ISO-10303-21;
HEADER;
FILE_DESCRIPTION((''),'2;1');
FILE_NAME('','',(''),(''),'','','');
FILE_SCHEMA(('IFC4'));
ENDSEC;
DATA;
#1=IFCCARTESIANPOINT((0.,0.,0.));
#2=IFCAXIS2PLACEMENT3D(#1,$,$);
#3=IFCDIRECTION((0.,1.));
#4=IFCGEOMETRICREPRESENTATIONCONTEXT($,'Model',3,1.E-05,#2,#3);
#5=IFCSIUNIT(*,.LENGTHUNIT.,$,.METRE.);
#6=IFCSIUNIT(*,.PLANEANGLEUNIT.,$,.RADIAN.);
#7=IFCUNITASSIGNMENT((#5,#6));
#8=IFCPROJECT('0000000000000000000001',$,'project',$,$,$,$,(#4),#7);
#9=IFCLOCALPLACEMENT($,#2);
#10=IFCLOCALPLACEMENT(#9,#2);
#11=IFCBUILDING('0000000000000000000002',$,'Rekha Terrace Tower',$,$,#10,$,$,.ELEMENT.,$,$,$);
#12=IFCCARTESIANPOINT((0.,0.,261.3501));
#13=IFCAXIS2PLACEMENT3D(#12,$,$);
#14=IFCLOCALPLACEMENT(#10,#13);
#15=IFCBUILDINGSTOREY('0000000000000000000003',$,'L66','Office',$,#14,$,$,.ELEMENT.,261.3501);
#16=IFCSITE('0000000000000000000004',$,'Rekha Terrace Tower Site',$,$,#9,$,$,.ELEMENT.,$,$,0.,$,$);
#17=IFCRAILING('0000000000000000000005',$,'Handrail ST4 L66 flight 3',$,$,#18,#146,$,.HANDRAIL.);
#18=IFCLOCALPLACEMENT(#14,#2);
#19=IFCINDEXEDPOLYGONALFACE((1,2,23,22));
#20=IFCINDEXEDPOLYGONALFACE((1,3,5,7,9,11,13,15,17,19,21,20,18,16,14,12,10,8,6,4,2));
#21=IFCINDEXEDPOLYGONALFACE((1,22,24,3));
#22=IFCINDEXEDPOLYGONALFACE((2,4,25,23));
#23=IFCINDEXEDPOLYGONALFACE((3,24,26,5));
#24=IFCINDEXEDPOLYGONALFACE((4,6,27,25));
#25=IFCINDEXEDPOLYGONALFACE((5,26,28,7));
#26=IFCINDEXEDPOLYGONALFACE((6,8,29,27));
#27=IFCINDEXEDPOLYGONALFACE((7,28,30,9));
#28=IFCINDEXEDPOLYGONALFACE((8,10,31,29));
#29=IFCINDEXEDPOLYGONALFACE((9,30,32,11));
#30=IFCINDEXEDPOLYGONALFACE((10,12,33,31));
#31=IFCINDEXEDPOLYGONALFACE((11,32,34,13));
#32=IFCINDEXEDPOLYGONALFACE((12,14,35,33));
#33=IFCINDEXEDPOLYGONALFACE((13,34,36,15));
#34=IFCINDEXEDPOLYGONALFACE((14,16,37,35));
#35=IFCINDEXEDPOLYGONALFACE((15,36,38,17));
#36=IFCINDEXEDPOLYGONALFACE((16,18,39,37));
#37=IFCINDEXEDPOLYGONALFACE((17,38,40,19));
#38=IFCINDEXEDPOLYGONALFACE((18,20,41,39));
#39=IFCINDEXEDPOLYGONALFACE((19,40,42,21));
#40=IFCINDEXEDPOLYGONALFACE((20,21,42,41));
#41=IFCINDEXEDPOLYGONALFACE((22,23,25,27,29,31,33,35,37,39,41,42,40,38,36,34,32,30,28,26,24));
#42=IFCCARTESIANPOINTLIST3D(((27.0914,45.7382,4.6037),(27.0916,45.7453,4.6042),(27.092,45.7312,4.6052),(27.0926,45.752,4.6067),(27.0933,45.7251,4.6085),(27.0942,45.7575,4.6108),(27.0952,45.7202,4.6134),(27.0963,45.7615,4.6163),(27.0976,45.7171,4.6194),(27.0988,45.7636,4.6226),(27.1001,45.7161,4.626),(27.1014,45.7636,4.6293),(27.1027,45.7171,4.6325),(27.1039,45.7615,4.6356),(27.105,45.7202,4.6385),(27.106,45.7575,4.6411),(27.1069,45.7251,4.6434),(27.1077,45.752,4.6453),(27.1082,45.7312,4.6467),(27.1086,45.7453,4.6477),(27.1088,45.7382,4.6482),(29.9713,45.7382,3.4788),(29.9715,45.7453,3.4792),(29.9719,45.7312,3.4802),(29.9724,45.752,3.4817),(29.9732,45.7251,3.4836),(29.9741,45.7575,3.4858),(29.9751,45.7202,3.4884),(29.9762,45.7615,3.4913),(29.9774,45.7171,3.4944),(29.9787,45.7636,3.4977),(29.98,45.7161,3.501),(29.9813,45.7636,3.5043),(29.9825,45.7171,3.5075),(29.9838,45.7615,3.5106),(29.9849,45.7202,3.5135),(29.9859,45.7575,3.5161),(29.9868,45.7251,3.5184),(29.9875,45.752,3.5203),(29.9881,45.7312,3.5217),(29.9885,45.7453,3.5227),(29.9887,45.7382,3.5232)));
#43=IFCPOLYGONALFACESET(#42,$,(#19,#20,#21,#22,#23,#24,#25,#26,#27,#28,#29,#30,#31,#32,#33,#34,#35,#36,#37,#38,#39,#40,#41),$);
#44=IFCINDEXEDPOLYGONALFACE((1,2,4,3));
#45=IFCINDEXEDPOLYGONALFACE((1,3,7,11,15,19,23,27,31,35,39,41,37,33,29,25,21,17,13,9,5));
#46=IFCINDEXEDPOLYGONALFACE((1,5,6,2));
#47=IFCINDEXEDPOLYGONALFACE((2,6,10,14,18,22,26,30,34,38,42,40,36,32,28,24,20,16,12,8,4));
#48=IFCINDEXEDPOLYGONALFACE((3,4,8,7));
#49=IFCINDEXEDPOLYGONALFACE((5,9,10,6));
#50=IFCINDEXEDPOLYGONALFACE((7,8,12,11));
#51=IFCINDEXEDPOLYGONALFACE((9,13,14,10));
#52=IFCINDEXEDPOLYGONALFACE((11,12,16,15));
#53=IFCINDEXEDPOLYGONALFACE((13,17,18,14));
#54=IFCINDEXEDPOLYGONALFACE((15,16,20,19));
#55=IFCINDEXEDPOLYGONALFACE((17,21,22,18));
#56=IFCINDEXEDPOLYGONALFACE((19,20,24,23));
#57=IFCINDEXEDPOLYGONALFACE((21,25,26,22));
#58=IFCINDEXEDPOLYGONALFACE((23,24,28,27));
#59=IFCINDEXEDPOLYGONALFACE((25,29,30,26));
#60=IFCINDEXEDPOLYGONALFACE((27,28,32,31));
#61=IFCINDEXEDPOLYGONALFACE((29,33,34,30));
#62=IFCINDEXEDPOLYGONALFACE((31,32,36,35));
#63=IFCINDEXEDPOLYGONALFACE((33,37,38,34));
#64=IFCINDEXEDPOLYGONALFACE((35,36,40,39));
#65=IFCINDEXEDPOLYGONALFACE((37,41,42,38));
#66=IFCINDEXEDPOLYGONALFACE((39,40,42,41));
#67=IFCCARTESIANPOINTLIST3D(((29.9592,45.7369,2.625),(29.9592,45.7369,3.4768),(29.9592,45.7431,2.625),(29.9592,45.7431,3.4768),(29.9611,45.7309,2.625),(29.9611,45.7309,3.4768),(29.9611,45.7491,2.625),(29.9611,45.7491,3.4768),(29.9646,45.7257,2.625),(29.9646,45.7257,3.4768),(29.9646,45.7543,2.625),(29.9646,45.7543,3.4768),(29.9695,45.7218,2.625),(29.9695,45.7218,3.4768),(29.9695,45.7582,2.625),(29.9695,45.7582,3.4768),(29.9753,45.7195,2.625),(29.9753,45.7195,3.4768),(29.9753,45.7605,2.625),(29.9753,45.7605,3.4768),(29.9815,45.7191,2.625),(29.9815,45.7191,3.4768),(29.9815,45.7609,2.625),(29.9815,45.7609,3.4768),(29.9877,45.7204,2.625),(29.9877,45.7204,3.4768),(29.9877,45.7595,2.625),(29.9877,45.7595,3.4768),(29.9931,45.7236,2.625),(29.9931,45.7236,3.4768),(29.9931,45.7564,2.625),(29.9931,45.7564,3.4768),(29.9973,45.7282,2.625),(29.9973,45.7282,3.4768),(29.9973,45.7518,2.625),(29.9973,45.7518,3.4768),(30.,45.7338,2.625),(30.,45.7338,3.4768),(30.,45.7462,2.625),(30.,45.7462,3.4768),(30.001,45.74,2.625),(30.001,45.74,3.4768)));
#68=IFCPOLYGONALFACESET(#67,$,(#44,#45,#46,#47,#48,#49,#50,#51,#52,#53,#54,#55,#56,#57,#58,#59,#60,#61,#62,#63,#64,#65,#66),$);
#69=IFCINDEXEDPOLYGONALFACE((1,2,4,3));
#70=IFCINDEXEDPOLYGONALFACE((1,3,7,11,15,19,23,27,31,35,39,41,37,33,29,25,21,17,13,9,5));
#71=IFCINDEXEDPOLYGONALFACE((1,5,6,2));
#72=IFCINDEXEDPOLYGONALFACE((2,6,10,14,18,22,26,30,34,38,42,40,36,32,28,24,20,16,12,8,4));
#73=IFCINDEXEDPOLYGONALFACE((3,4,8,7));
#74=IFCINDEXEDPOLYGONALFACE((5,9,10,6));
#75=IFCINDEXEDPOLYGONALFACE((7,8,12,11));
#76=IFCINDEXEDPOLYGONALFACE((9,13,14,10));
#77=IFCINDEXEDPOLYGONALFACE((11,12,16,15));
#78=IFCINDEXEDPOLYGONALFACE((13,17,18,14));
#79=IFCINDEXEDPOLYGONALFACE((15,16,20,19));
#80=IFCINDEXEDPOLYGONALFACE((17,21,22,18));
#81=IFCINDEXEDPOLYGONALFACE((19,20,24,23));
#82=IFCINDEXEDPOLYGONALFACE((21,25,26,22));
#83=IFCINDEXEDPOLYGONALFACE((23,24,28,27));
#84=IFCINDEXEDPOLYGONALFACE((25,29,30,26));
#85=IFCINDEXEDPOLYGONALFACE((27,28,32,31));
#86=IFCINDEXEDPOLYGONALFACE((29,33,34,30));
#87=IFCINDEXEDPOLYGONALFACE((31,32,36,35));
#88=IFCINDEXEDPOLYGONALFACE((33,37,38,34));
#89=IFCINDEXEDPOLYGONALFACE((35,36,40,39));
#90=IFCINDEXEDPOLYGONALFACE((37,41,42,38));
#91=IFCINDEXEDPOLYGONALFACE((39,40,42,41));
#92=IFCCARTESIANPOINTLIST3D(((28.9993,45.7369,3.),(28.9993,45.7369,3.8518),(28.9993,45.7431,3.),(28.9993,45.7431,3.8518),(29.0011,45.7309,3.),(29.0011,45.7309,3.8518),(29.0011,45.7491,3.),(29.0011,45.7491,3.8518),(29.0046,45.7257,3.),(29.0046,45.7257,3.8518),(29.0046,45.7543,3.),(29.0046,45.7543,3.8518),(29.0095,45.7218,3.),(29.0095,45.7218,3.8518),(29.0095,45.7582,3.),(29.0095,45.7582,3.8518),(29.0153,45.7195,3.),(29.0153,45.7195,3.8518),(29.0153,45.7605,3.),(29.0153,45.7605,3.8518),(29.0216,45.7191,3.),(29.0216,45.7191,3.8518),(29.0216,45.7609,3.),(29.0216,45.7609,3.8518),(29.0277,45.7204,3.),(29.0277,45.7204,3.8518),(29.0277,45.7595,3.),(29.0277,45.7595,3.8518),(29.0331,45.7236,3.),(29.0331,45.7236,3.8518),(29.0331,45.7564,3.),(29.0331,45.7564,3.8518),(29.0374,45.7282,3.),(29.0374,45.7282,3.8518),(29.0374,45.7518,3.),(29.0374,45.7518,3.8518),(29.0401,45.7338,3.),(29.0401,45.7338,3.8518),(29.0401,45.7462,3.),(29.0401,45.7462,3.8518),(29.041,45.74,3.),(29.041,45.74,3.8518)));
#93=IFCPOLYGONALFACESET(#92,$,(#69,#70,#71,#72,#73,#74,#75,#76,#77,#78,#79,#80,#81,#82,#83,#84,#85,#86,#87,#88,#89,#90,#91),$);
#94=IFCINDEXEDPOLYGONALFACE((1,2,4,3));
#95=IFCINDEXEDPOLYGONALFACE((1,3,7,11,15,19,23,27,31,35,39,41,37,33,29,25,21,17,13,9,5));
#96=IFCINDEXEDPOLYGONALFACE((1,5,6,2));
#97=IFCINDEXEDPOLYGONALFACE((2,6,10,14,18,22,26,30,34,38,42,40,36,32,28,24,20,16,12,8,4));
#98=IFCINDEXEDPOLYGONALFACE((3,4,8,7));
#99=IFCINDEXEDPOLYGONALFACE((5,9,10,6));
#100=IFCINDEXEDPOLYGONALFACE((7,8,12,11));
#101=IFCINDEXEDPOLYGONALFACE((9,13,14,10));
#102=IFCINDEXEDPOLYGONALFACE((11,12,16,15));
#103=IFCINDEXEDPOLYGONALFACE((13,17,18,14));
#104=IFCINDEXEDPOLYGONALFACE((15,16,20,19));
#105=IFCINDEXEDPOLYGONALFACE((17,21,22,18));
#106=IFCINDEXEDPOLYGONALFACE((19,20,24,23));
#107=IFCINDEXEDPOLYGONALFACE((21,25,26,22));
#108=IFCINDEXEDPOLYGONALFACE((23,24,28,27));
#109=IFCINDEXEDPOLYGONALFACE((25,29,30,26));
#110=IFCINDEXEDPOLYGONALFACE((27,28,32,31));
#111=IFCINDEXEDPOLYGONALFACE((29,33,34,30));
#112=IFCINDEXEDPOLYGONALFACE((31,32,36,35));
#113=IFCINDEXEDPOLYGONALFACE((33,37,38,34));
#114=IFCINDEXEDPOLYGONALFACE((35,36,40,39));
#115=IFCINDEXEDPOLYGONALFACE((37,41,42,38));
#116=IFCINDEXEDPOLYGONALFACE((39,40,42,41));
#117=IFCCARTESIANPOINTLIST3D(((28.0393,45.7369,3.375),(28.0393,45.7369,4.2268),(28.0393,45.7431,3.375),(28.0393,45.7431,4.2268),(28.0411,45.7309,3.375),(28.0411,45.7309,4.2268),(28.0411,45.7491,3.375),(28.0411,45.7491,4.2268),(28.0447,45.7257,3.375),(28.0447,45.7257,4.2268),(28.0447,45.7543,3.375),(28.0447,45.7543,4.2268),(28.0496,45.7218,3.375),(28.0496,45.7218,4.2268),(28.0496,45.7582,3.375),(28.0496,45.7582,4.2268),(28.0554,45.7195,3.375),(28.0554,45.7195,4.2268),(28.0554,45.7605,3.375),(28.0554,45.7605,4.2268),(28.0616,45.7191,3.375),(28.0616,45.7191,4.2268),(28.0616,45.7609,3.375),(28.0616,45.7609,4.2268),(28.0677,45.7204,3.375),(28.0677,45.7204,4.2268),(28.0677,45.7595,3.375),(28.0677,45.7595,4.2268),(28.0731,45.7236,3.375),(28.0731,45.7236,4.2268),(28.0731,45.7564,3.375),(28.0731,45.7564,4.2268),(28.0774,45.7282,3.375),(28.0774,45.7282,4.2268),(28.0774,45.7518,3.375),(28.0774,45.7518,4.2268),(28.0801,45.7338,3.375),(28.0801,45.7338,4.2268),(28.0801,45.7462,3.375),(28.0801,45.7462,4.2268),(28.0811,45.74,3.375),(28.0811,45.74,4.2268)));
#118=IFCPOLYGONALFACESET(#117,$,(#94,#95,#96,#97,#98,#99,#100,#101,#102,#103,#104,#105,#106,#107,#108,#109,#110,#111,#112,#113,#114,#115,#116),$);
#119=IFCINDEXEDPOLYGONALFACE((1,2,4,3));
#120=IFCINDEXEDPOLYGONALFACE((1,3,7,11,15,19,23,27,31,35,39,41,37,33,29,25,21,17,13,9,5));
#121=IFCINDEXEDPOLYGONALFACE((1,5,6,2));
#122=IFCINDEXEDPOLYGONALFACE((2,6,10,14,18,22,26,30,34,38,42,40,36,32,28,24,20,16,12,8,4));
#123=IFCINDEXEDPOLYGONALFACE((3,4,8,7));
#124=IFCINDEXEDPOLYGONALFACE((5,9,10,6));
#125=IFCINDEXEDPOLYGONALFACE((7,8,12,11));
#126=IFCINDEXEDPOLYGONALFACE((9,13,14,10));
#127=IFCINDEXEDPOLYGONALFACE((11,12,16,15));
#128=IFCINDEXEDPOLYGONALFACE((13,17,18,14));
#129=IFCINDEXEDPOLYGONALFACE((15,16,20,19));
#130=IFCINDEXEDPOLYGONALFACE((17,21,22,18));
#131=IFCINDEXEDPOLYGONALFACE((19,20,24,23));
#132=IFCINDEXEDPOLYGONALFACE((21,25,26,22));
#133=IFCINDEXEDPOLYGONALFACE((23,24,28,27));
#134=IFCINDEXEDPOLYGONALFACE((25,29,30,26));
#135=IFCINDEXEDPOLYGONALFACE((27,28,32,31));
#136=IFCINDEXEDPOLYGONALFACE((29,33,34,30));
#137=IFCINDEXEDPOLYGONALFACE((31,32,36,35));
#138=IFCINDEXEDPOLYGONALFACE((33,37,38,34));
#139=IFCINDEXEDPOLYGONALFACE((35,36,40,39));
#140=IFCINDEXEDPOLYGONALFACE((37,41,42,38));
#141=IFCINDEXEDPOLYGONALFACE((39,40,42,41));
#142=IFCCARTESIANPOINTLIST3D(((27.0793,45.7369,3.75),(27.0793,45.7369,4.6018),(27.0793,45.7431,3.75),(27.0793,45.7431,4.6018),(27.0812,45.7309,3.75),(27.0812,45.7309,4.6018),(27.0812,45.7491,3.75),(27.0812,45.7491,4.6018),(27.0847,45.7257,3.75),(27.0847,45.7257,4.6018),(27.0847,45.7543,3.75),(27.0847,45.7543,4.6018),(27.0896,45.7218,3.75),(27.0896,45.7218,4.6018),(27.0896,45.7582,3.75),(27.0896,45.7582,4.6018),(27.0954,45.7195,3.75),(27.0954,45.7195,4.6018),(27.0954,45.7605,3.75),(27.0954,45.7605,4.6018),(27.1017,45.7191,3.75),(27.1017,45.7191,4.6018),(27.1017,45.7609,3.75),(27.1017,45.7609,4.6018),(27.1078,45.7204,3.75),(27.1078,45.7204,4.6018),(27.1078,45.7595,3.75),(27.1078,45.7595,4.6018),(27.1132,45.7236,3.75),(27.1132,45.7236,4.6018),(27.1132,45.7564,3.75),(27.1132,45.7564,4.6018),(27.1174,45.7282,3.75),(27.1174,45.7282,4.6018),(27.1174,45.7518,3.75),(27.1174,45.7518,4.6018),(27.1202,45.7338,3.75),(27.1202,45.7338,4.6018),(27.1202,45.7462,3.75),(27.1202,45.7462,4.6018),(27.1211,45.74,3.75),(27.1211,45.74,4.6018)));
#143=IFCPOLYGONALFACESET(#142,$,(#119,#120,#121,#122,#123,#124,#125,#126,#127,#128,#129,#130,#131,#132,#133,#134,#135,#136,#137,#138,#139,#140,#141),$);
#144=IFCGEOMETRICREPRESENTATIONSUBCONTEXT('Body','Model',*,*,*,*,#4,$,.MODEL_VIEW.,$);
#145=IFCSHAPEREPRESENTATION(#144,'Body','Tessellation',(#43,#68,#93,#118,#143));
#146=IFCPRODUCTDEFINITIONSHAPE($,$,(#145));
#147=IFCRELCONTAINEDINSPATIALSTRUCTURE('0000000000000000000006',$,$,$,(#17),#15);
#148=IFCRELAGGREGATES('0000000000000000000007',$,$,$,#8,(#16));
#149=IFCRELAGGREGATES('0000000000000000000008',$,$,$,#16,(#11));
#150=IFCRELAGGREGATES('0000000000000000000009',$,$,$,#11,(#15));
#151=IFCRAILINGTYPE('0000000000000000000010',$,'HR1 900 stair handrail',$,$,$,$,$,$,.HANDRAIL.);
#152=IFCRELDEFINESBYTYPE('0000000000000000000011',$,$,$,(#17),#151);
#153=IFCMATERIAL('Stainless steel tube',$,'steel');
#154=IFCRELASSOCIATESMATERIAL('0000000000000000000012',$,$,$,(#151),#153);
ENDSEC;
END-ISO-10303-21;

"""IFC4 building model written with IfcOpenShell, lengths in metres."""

from ifc_helpers import new_model, si_unit, direction, frame, origin, origin_2d, place, context, subcontext, project, spatial, circle, extrude, material, type_object, element, save


model = new_model("IFC4")

# Units and contexts
model_context = context("Model", 3, precision=1e-05, world=origin(), true_north=direction((0.0, 1.0)))
body_context = subcontext(model_context, "Body", "Model", "MODEL_VIEW")
ifc_project = project(units=[si_unit("LENGTHUNIT", "METRE"), si_unit("PLANEANGLEUNIT", "RADIAN")], contexts=[model_context])

# Site, building, storey
site_placement = place(None, origin())
site = spatial("IfcSite", under=ifc_project, at=site_placement, Name="Rekha Terrace Tower Site", CompositionType="ELEMENT", RefElevation=0.0)
building_placement = place(site_placement, origin())
building = spatial("IfcBuilding", under=site, at=building_placement, Name="Rekha Terrace Tower", CompositionType="ELEMENT")
storey_placement = place(building_placement, frame((0.0, 0.0, 261.3501)))
storey = spatial("IfcBuildingStorey", under=building, at=storey_placement, Name="L66", Description="Office", CompositionType="ELEMENT", Elevation=261.3501)

# Railing
ifc_material_1 = material(Name="Stainless steel tube", Category="steel")
railing_type_1 = type_object("IfcRailingType", Name="HR1 900 stair handrail", PredefinedType="HANDRAIL", material=ifc_material_1)
railing_1_placement = place(storey_placement, frame((29.98, 45.74, 2.625)))
element("IfcRailing", 1, at=railing_1_placement, inside=storey, type_object=railing_type_1, Name="Handrail ST4 L66 flight 3", PredefinedType="HANDRAIL", context=body_context, shape_type="SweptSolid", body=[
    extrude(circle(Radius=0.0239, at=origin_2d()), frame((0.0, 0.0, 0.876), z_axis=(-0.931452, 0.0, 0.363863), x_axis=(0.0, -1.0, 0.0)), (0.0, 0.0, 1.0), 3.0918),
    extrude(circle(Radius=0.021, at=origin_2d()), origin(), (0.0, 0.0, 1.0), 0.8518),
    extrude(circle(Radius=0.021, at=origin_2d()), frame((-0.96, 0.0, 0.375)), (0.0, 0.0, 1.0), 0.8518),
    extrude(circle(Radius=0.021, at=origin_2d()), frame((-1.9199, 0.0, 0.75)), (0.0, 0.0, 1.0), 0.8518),
    extrude(circle(Radius=0.021, at=origin_2d()), frame((-2.8799, 0.0, 1.125)), (0.0, 0.0, 1.0), 0.8518),
])

save(model, "model.ifc")
